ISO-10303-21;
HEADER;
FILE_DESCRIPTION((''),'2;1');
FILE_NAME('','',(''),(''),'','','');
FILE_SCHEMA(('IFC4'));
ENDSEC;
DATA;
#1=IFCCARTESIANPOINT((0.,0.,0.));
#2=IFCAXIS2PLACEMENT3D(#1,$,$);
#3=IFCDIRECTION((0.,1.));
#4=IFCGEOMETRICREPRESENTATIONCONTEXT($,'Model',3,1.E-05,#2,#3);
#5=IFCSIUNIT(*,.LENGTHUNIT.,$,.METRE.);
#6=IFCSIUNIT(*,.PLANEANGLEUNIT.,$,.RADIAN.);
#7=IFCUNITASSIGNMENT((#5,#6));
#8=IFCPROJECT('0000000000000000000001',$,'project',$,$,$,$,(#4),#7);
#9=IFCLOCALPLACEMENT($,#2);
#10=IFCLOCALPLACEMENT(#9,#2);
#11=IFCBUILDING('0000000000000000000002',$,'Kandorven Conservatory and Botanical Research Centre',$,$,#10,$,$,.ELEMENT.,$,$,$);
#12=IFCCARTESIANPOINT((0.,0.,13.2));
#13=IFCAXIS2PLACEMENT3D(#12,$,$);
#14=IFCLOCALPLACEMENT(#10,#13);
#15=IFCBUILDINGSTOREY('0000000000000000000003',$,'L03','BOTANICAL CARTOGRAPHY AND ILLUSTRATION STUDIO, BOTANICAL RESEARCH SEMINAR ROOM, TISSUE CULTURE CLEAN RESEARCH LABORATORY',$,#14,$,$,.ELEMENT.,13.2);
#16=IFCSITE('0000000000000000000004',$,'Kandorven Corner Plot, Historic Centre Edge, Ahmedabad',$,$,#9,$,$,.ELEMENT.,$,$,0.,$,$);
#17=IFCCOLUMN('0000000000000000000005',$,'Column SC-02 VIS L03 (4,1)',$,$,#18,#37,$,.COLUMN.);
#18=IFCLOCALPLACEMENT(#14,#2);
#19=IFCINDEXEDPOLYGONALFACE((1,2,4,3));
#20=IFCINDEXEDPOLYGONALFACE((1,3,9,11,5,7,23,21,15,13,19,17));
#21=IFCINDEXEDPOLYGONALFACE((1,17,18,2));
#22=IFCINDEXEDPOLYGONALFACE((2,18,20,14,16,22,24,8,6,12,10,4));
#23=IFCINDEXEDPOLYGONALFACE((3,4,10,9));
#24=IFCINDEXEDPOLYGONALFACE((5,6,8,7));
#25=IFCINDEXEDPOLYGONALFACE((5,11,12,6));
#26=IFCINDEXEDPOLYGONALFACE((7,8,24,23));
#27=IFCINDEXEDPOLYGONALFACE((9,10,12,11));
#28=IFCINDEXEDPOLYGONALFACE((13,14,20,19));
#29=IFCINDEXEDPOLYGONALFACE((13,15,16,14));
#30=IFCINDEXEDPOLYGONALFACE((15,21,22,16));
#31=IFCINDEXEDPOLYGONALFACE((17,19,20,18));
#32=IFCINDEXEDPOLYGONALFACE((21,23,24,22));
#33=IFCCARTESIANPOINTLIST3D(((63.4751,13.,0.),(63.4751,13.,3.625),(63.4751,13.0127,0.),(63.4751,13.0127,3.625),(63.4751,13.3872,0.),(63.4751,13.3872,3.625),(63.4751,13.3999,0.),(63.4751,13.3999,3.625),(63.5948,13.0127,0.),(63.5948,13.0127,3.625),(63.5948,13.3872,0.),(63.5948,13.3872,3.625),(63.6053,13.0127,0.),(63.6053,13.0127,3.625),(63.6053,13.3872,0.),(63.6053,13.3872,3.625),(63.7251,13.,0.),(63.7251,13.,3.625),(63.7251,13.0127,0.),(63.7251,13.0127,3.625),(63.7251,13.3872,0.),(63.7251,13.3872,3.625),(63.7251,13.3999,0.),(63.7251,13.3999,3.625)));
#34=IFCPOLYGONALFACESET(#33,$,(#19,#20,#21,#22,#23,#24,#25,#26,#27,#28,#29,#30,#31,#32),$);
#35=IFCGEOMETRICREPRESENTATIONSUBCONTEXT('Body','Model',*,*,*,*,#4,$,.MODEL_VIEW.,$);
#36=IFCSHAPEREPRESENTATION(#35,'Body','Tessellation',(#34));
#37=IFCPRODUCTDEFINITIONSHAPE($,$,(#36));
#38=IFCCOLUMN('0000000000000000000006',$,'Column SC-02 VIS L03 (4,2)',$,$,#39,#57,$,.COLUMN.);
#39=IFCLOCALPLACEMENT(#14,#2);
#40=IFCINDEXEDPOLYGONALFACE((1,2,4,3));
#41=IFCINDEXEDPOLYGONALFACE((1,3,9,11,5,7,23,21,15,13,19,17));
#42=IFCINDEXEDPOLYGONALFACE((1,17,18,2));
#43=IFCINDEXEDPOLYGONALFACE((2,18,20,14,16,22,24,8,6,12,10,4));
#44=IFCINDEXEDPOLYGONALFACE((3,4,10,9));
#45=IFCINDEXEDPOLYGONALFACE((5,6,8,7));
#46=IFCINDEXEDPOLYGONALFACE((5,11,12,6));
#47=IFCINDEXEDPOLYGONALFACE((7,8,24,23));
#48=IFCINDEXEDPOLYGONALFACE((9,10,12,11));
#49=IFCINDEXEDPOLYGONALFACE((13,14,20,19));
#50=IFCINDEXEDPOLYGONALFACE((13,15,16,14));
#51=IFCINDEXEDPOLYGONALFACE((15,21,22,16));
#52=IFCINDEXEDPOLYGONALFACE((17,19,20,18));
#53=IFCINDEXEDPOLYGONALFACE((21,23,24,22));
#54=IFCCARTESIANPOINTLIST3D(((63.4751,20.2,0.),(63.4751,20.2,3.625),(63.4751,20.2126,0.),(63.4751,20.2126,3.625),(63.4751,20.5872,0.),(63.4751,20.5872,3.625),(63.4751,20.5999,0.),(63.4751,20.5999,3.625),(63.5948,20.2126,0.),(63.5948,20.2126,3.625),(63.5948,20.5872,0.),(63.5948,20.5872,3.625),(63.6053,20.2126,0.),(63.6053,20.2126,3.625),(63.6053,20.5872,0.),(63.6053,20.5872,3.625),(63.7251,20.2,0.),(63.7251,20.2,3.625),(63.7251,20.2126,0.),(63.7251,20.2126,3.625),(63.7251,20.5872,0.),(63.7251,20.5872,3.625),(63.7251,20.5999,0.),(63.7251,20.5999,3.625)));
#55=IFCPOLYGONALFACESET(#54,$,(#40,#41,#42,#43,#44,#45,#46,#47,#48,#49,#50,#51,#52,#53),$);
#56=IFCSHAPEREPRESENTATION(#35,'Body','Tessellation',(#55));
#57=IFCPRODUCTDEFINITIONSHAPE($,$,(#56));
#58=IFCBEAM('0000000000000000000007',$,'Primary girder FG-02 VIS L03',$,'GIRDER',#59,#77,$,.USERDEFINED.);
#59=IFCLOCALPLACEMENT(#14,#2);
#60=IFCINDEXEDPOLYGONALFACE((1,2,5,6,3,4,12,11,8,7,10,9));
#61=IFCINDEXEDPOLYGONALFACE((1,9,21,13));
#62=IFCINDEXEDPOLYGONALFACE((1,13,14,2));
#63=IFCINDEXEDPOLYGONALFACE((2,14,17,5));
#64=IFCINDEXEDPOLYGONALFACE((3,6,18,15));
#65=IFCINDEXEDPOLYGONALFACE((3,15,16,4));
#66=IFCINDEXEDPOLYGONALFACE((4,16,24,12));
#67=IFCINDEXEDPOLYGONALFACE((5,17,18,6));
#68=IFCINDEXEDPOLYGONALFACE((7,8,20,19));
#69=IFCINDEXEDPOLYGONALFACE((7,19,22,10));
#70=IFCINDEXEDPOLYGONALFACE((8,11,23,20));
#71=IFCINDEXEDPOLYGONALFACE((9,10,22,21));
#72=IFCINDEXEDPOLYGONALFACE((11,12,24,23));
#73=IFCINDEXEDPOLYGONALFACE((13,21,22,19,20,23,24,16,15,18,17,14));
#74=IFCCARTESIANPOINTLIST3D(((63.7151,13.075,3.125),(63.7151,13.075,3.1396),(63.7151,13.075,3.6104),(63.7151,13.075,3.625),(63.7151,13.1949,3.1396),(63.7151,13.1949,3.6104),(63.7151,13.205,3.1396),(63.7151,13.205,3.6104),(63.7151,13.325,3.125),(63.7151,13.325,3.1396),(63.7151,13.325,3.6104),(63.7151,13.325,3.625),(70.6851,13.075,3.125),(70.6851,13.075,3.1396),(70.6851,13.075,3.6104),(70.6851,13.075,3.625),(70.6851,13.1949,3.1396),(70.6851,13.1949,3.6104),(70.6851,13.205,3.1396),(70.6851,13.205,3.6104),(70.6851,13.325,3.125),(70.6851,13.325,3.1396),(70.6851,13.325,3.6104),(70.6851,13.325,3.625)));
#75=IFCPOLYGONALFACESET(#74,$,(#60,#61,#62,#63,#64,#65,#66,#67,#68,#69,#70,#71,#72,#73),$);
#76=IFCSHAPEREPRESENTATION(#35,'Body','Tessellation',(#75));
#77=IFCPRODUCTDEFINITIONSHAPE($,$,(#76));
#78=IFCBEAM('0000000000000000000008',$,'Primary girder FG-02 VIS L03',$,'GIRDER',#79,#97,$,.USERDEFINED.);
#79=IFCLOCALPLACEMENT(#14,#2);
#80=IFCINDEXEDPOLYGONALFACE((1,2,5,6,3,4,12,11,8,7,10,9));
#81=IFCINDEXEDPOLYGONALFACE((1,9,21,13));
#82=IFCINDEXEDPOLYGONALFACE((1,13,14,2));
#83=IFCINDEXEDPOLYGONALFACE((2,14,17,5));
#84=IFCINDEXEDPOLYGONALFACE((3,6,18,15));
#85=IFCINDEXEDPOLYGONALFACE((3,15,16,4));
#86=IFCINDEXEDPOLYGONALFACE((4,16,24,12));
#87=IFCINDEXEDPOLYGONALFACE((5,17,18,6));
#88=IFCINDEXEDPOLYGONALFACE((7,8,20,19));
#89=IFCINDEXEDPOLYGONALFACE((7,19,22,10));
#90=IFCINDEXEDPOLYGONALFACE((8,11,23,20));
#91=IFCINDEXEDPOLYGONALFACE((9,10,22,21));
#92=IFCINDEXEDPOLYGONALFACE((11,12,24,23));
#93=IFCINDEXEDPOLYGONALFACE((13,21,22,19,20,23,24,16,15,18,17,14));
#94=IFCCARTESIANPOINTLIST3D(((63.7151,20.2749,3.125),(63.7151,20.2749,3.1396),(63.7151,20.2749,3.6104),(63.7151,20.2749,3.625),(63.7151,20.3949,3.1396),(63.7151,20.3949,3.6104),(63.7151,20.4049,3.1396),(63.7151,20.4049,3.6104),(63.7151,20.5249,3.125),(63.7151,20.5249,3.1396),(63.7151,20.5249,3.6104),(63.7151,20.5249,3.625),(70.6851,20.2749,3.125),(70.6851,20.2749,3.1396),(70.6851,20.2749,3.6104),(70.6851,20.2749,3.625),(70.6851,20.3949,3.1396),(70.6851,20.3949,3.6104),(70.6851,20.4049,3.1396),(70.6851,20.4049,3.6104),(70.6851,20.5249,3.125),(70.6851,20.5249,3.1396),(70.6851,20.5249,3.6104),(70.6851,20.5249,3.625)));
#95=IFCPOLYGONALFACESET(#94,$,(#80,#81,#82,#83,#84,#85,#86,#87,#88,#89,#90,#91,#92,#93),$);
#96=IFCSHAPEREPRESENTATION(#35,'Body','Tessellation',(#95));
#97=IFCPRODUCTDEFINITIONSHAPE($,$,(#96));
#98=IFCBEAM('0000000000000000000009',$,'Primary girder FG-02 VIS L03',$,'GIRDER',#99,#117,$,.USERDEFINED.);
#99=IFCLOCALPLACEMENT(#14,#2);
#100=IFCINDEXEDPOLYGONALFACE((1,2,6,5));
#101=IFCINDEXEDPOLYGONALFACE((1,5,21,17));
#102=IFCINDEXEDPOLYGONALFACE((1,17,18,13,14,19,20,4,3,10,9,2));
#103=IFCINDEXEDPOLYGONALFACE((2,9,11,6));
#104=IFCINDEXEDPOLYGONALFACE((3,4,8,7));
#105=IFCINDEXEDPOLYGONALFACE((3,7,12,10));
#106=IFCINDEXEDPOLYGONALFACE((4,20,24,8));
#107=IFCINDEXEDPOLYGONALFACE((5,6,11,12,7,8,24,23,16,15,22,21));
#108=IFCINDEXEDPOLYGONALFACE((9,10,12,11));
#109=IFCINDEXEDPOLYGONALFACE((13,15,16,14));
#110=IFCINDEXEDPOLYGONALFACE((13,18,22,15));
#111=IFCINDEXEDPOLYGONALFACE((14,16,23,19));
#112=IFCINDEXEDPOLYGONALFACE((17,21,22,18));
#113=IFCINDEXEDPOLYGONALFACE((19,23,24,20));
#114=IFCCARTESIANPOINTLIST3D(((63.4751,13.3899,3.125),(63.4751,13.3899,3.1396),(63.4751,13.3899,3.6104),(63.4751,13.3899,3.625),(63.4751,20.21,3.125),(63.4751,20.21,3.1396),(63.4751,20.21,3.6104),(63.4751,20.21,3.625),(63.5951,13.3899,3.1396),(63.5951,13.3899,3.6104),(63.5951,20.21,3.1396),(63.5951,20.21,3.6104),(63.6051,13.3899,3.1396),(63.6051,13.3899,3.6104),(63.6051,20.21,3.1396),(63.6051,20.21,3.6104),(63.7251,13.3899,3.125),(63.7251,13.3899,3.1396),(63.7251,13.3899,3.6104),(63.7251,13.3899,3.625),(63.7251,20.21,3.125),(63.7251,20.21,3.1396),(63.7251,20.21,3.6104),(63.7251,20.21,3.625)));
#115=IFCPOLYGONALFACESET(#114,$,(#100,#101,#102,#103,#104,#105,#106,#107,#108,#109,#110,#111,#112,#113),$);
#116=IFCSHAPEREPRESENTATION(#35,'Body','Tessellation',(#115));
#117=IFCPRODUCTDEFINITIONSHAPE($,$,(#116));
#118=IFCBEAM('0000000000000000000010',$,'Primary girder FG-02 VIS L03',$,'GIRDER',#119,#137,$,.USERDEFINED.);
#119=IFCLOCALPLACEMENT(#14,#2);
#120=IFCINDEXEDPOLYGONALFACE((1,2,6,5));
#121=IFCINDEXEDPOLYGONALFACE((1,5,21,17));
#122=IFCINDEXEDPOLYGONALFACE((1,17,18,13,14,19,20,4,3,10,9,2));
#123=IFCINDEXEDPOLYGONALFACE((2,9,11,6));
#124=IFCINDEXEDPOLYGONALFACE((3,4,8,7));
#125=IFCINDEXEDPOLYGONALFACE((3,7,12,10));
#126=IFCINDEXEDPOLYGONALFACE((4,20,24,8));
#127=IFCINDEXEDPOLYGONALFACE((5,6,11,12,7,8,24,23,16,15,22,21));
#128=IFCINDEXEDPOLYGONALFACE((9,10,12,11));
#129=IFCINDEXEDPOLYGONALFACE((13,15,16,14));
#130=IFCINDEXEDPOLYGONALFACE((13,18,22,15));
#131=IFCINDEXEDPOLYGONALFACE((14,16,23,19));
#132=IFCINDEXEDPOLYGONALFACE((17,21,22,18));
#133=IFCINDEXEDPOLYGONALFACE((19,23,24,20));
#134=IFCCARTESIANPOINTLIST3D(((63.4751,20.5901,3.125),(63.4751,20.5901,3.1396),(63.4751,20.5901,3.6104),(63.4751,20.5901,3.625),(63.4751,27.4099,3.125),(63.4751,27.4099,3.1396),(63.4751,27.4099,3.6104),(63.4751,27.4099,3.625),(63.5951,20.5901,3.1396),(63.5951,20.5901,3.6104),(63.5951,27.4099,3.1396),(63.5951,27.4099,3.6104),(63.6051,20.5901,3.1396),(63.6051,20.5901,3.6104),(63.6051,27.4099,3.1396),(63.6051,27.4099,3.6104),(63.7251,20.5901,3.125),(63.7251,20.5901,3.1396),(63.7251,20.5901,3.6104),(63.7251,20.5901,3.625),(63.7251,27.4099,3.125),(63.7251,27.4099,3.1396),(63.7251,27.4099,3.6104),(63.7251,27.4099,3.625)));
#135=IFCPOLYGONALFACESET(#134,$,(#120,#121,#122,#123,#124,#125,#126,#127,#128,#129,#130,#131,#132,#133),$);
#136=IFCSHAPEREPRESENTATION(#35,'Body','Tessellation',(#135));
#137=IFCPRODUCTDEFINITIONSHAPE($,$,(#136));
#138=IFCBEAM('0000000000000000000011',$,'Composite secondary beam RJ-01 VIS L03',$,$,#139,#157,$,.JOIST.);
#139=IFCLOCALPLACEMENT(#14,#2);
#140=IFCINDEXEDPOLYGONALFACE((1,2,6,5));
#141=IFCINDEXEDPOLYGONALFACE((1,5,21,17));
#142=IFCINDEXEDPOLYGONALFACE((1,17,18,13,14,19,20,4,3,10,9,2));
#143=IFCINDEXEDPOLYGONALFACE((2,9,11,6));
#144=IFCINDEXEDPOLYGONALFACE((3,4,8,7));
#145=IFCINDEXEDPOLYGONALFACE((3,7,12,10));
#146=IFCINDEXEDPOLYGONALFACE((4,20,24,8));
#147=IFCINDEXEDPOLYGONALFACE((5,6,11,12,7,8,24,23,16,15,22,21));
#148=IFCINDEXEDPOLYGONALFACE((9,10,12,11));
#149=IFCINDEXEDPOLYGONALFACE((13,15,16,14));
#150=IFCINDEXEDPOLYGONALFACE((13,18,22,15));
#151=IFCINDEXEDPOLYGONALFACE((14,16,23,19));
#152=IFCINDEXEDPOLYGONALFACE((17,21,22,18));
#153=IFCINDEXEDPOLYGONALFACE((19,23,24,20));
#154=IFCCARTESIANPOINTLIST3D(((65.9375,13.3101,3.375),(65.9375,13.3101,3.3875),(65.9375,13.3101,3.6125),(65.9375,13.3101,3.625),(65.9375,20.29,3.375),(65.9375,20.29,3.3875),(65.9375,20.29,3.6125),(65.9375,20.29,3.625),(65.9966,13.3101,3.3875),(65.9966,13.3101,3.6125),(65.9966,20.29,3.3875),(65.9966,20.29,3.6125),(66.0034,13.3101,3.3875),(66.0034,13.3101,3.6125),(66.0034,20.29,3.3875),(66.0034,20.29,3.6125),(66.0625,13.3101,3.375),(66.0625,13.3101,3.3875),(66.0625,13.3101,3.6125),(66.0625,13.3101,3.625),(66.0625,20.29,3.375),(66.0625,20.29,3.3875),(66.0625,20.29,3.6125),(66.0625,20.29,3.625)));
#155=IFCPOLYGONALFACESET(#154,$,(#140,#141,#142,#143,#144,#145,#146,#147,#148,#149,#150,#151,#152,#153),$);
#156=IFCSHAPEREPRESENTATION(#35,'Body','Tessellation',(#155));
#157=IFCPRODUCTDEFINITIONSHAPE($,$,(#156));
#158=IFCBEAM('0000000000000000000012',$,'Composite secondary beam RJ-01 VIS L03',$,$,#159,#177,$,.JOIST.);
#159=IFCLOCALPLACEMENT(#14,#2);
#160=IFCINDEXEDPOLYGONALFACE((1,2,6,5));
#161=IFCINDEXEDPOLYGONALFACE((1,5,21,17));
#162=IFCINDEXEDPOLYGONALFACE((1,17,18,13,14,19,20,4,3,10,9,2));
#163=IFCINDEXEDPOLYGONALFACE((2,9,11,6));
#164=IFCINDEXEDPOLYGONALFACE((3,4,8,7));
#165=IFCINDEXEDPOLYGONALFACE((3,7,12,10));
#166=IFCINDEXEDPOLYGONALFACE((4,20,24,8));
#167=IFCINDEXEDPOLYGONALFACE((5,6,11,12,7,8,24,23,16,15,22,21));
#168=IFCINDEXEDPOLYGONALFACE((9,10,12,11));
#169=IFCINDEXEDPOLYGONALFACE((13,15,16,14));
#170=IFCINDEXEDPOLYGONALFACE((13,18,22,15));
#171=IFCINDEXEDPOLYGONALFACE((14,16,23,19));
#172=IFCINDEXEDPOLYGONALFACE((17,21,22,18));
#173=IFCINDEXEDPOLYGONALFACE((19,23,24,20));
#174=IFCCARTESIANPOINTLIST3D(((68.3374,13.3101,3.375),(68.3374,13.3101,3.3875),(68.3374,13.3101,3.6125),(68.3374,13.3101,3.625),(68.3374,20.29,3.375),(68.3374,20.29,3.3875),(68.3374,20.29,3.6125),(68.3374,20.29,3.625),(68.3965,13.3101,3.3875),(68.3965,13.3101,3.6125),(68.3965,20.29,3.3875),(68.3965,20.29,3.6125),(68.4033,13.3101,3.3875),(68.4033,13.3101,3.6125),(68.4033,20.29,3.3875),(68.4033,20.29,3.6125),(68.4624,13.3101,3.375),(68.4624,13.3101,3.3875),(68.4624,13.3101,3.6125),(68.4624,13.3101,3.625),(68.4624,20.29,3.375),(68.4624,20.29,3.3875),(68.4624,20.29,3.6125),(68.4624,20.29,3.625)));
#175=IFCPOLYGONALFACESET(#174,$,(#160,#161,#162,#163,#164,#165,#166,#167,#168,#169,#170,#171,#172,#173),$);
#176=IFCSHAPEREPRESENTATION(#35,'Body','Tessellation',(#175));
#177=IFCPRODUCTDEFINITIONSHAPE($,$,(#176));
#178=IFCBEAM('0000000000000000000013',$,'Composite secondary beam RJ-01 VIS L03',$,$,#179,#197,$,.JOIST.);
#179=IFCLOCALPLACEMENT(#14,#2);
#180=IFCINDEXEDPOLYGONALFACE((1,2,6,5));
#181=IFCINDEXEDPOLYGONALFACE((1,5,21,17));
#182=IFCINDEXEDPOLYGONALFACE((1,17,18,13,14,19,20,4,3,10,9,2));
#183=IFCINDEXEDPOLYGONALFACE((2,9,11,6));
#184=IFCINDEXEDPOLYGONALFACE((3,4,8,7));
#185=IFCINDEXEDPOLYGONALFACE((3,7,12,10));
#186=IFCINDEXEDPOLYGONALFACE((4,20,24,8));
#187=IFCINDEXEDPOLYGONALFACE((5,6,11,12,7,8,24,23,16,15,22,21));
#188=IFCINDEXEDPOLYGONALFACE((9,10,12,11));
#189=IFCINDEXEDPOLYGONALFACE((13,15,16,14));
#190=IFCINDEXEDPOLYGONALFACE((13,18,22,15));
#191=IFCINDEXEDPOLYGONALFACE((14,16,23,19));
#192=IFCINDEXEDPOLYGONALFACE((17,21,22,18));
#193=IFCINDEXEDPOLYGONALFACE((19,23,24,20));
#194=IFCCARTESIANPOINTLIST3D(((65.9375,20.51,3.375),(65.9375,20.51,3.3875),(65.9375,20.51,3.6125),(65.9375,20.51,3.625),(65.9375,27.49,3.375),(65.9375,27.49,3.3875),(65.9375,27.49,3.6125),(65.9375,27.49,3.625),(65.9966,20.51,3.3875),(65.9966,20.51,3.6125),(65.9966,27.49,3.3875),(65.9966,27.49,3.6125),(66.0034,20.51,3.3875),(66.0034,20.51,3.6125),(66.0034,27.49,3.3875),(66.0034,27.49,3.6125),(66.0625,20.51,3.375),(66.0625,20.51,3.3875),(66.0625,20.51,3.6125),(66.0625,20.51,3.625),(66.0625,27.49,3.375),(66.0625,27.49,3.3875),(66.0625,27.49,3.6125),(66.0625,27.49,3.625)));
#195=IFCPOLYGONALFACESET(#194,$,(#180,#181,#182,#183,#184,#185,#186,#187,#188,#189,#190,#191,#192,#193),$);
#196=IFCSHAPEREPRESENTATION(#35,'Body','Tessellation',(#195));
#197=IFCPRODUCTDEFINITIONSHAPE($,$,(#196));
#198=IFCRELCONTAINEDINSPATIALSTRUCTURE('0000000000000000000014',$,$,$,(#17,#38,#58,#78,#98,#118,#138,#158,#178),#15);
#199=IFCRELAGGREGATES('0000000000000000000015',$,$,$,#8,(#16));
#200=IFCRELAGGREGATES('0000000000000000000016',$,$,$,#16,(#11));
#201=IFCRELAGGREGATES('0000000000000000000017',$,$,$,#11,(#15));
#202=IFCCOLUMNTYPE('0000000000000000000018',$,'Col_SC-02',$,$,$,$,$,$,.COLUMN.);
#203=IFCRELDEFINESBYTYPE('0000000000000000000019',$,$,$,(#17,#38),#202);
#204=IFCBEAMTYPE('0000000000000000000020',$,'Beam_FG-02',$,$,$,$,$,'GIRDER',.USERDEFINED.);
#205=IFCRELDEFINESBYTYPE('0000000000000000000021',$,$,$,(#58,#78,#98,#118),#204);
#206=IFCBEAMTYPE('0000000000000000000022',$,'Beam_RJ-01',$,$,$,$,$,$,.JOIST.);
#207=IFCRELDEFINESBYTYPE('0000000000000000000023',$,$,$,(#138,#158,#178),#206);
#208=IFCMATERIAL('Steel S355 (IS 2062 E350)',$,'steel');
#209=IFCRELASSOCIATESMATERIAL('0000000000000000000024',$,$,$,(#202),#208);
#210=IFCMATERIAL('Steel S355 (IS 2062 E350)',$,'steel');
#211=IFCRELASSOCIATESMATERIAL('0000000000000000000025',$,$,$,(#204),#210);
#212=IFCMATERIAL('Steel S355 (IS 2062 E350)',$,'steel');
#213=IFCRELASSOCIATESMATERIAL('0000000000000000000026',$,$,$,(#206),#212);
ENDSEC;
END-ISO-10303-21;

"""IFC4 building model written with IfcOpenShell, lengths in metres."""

from ifc_helpers import new_model, si_unit, direction, frame, origin, origin_2d, place, context, subcontext, project, spatial, i_section, extrude, material, material_profile, profile_set, type_object, element, save


model = new_model("IFC4")

# Units and contexts
model_context = context("Model", 3, precision=1e-05, world=origin(), true_north=direction((0.0, 1.0)))
body_context = subcontext(model_context, "Body", "Model", "MODEL_VIEW")
ifc_project = project(units=[si_unit("LENGTHUNIT", "METRE"), si_unit("PLANEANGLEUNIT", "RADIAN")], contexts=[model_context])

# Site, building, storey
site_placement = place(None, origin())
site = spatial("IfcSite", under=ifc_project, at=site_placement, Name="Kandorven Corner Plot, Historic Centre Edge, Ahmedabad", CompositionType="ELEMENT", RefElevation=0.0)
building_placement = place(site_placement, origin())
building = spatial("IfcBuilding", under=site, at=building_placement, Name="Kandorven Conservatory and Botanical Research Centre", CompositionType="ELEMENT")
storey_placement = place(building_placement, frame((0.0, 0.0, 13.2)))
storey = spatial("IfcBuildingStorey", under=building, at=storey_placement, Name="L03", Description="BOTANICAL CARTOGRAPHY AND ILLUSTRATION STUDIO, BOTANICAL RESEARCH SEMINAR ROOM, TISSUE CULTURE CLEAN RESEARCH LABORATORY", CompositionType="ELEMENT", Elevation=13.2)

# Columns
ifc_material_1 = material(Name="Steel S355 (IS 2062 E350)", Category="steel")
ifc_material_profile_1 = material_profile(ifc_material_1, i_section(OverallWidth=0.25, OverallDepth=0.3999, WebThickness=0.0105, FlangeThickness=0.0127, at=origin_2d()))
ifc_profile_set_1 = profile_set([ifc_material_profile_1], Name="Steel S355 (IS 2062 E350)")
column_type = type_object("IfcColumnType", Name="Col_SC-02", PredefinedType="COLUMN", material=ifc_profile_set_1)
for number, where, z_axis, x_axis, name in (
    (1, (63.6001, 13.2, 0.0), (0.0, 0.0, 1.0), (1.0, 0.0, 0.0), "Column SC-02 VIS L03 (4,1)"),
    (2, (63.6001, 20.3999, 0.0), (0.0, 0.0, 1.0), (1.0, 0.0, 0.0), "Column SC-02 VIS L03 (4,2)"),
):
    element("IfcColumn", number, at=place(storey_placement, frame(where, z_axis=z_axis, x_axis=x_axis)), inside=storey, type_object=column_type, Name=name, PredefinedType="COLUMN", context=body_context, shape_type="SweptSolid", body=[
        extrude(i_section(OverallWidth=0.25, OverallDepth=0.3999, WebThickness=0.0105, FlangeThickness=0.0127, at=origin_2d()), origin(), (0.0, 0.0, 1.0), 3.625),
    ])

# Beams
ifc_material_2 = material(Name="Steel S355 (IS 2062 E350)", Category="steel")
ifc_material_profile_2 = material_profile(ifc_material_2, i_section(OverallWidth=0.25, OverallDepth=0.5, WebThickness=0.01, FlangeThickness=0.0146, at=origin_2d()))
ifc_profile_set_2 = profile_set([ifc_material_profile_2], Name="Steel S355 (IS 2062 E350)")
beam_type_1 = type_object("IfcBeamType", Name="Beam_FG-02", ElementType="GIRDER", PredefinedType="USERDEFINED", material=ifc_profile_set_2)
for number, where, z_axis, x_axis, name in (
    (3, (63.7151, 13.2, 3.375), (1.0, 0.0, 0.0), (0.0, 1.0, 0.0), "Primary girder FG-02 VIS L03"),
    (4, (63.7151, 20.3999, 3.375), (1.0, 0.0, 0.0), (0.0, 1.0, 0.0), "Primary girder FG-02 VIS L03"),
):
    element("IfcBeam", number, at=place(storey_placement, frame(where, z_axis=z_axis, x_axis=x_axis)), inside=storey, type_object=beam_type_1, Name=name, ObjectType="GIRDER", PredefinedType="USERDEFINED", context=body_context, shape_type="SweptSolid", body=[
        extrude(i_section(OverallWidth=0.25, OverallDepth=0.5, WebThickness=0.01, FlangeThickness=0.0146, at=origin_2d()), origin(), (0.0, 0.0, 1.0), 6.97),
    ])
beam_1_placement = place(storey_placement, frame((63.6001, 13.3899, 3.375), z_axis=(0.0, 1.0, 0.0), x_axis=(-1.0, 0.0, 0.0)))
element("IfcBeam", 5, at=beam_1_placement, inside=storey, type_object=beam_type_1, Name="Primary girder FG-02 VIS L03", ObjectType="GIRDER", PredefinedType="USERDEFINED", context=body_context, shape_type="SweptSolid", body=[
    extrude(i_section(OverallWidth=0.25, OverallDepth=0.5, WebThickness=0.01, FlangeThickness=0.0146, at=origin_2d()), origin(), (0.0, 0.0, 1.0), 6.8201),
])
beam_2_placement = place(storey_placement, frame((63.6001, 20.5901, 3.375), z_axis=(0.0, 1.0, 0.0), x_axis=(-1.0, 0.0, 0.0)))
element("IfcBeam", 6, at=beam_2_placement, inside=storey, type_object=beam_type_1, Name="Primary girder FG-02 VIS L03", ObjectType="GIRDER", PredefinedType="USERDEFINED", context=body_context, shape_type="SweptSolid", body=[
    extrude(i_section(OverallWidth=0.25, OverallDepth=0.5, WebThickness=0.01, FlangeThickness=0.0146, at=origin_2d()), origin(), (0.0, 0.0, 1.0), 6.8198),
])
ifc_material_3 = material(Name="Steel S355 (IS 2062 E350)", Category="steel")
ifc_material_profile_3 = material_profile(ifc_material_3, i_section(OverallWidth=0.125, OverallDepth=0.25, WebThickness=0.0068, FlangeThickness=0.0125, at=origin_2d()))
ifc_profile_set_3 = profile_set([ifc_material_profile_3], Name="Steel S355 (IS 2062 E350)")
beam_type_2 = type_object("IfcBeamType", Name="Beam_RJ-01", PredefinedType="JOIST", material=ifc_profile_set_3)
for number, where, z_axis, x_axis, name in (
    (7, (66.0, 13.3101, 3.5), (0.0, 1.0, 0.0), (-1.0, 0.0, 0.0), "Composite secondary beam RJ-01 VIS L03"),
    (8, (68.3999, 13.3101, 3.5), (0.0, 1.0, 0.0), (-1.0, 0.0, 0.0), "Composite secondary beam RJ-01 VIS L03"),
    (9, (66.0, 20.51, 3.5), (0.0, 1.0, 0.0), (-1.0, 0.0, 0.0), "Composite secondary beam RJ-01 VIS L03"),
):
    element("IfcBeam", number, at=place(storey_placement, frame(where, z_axis=z_axis, x_axis=x_axis)), inside=storey, type_object=beam_type_2, Name=name, PredefinedType="JOIST", context=body_context, shape_type="SweptSolid", body=[
        extrude(i_section(OverallWidth=0.125, OverallDepth=0.25, WebThickness=0.0068, FlangeThickness=0.0125, at=origin_2d()), origin(), (0.0, 0.0, 1.0), 6.98),
    ])

save(model, "model.ifc")
